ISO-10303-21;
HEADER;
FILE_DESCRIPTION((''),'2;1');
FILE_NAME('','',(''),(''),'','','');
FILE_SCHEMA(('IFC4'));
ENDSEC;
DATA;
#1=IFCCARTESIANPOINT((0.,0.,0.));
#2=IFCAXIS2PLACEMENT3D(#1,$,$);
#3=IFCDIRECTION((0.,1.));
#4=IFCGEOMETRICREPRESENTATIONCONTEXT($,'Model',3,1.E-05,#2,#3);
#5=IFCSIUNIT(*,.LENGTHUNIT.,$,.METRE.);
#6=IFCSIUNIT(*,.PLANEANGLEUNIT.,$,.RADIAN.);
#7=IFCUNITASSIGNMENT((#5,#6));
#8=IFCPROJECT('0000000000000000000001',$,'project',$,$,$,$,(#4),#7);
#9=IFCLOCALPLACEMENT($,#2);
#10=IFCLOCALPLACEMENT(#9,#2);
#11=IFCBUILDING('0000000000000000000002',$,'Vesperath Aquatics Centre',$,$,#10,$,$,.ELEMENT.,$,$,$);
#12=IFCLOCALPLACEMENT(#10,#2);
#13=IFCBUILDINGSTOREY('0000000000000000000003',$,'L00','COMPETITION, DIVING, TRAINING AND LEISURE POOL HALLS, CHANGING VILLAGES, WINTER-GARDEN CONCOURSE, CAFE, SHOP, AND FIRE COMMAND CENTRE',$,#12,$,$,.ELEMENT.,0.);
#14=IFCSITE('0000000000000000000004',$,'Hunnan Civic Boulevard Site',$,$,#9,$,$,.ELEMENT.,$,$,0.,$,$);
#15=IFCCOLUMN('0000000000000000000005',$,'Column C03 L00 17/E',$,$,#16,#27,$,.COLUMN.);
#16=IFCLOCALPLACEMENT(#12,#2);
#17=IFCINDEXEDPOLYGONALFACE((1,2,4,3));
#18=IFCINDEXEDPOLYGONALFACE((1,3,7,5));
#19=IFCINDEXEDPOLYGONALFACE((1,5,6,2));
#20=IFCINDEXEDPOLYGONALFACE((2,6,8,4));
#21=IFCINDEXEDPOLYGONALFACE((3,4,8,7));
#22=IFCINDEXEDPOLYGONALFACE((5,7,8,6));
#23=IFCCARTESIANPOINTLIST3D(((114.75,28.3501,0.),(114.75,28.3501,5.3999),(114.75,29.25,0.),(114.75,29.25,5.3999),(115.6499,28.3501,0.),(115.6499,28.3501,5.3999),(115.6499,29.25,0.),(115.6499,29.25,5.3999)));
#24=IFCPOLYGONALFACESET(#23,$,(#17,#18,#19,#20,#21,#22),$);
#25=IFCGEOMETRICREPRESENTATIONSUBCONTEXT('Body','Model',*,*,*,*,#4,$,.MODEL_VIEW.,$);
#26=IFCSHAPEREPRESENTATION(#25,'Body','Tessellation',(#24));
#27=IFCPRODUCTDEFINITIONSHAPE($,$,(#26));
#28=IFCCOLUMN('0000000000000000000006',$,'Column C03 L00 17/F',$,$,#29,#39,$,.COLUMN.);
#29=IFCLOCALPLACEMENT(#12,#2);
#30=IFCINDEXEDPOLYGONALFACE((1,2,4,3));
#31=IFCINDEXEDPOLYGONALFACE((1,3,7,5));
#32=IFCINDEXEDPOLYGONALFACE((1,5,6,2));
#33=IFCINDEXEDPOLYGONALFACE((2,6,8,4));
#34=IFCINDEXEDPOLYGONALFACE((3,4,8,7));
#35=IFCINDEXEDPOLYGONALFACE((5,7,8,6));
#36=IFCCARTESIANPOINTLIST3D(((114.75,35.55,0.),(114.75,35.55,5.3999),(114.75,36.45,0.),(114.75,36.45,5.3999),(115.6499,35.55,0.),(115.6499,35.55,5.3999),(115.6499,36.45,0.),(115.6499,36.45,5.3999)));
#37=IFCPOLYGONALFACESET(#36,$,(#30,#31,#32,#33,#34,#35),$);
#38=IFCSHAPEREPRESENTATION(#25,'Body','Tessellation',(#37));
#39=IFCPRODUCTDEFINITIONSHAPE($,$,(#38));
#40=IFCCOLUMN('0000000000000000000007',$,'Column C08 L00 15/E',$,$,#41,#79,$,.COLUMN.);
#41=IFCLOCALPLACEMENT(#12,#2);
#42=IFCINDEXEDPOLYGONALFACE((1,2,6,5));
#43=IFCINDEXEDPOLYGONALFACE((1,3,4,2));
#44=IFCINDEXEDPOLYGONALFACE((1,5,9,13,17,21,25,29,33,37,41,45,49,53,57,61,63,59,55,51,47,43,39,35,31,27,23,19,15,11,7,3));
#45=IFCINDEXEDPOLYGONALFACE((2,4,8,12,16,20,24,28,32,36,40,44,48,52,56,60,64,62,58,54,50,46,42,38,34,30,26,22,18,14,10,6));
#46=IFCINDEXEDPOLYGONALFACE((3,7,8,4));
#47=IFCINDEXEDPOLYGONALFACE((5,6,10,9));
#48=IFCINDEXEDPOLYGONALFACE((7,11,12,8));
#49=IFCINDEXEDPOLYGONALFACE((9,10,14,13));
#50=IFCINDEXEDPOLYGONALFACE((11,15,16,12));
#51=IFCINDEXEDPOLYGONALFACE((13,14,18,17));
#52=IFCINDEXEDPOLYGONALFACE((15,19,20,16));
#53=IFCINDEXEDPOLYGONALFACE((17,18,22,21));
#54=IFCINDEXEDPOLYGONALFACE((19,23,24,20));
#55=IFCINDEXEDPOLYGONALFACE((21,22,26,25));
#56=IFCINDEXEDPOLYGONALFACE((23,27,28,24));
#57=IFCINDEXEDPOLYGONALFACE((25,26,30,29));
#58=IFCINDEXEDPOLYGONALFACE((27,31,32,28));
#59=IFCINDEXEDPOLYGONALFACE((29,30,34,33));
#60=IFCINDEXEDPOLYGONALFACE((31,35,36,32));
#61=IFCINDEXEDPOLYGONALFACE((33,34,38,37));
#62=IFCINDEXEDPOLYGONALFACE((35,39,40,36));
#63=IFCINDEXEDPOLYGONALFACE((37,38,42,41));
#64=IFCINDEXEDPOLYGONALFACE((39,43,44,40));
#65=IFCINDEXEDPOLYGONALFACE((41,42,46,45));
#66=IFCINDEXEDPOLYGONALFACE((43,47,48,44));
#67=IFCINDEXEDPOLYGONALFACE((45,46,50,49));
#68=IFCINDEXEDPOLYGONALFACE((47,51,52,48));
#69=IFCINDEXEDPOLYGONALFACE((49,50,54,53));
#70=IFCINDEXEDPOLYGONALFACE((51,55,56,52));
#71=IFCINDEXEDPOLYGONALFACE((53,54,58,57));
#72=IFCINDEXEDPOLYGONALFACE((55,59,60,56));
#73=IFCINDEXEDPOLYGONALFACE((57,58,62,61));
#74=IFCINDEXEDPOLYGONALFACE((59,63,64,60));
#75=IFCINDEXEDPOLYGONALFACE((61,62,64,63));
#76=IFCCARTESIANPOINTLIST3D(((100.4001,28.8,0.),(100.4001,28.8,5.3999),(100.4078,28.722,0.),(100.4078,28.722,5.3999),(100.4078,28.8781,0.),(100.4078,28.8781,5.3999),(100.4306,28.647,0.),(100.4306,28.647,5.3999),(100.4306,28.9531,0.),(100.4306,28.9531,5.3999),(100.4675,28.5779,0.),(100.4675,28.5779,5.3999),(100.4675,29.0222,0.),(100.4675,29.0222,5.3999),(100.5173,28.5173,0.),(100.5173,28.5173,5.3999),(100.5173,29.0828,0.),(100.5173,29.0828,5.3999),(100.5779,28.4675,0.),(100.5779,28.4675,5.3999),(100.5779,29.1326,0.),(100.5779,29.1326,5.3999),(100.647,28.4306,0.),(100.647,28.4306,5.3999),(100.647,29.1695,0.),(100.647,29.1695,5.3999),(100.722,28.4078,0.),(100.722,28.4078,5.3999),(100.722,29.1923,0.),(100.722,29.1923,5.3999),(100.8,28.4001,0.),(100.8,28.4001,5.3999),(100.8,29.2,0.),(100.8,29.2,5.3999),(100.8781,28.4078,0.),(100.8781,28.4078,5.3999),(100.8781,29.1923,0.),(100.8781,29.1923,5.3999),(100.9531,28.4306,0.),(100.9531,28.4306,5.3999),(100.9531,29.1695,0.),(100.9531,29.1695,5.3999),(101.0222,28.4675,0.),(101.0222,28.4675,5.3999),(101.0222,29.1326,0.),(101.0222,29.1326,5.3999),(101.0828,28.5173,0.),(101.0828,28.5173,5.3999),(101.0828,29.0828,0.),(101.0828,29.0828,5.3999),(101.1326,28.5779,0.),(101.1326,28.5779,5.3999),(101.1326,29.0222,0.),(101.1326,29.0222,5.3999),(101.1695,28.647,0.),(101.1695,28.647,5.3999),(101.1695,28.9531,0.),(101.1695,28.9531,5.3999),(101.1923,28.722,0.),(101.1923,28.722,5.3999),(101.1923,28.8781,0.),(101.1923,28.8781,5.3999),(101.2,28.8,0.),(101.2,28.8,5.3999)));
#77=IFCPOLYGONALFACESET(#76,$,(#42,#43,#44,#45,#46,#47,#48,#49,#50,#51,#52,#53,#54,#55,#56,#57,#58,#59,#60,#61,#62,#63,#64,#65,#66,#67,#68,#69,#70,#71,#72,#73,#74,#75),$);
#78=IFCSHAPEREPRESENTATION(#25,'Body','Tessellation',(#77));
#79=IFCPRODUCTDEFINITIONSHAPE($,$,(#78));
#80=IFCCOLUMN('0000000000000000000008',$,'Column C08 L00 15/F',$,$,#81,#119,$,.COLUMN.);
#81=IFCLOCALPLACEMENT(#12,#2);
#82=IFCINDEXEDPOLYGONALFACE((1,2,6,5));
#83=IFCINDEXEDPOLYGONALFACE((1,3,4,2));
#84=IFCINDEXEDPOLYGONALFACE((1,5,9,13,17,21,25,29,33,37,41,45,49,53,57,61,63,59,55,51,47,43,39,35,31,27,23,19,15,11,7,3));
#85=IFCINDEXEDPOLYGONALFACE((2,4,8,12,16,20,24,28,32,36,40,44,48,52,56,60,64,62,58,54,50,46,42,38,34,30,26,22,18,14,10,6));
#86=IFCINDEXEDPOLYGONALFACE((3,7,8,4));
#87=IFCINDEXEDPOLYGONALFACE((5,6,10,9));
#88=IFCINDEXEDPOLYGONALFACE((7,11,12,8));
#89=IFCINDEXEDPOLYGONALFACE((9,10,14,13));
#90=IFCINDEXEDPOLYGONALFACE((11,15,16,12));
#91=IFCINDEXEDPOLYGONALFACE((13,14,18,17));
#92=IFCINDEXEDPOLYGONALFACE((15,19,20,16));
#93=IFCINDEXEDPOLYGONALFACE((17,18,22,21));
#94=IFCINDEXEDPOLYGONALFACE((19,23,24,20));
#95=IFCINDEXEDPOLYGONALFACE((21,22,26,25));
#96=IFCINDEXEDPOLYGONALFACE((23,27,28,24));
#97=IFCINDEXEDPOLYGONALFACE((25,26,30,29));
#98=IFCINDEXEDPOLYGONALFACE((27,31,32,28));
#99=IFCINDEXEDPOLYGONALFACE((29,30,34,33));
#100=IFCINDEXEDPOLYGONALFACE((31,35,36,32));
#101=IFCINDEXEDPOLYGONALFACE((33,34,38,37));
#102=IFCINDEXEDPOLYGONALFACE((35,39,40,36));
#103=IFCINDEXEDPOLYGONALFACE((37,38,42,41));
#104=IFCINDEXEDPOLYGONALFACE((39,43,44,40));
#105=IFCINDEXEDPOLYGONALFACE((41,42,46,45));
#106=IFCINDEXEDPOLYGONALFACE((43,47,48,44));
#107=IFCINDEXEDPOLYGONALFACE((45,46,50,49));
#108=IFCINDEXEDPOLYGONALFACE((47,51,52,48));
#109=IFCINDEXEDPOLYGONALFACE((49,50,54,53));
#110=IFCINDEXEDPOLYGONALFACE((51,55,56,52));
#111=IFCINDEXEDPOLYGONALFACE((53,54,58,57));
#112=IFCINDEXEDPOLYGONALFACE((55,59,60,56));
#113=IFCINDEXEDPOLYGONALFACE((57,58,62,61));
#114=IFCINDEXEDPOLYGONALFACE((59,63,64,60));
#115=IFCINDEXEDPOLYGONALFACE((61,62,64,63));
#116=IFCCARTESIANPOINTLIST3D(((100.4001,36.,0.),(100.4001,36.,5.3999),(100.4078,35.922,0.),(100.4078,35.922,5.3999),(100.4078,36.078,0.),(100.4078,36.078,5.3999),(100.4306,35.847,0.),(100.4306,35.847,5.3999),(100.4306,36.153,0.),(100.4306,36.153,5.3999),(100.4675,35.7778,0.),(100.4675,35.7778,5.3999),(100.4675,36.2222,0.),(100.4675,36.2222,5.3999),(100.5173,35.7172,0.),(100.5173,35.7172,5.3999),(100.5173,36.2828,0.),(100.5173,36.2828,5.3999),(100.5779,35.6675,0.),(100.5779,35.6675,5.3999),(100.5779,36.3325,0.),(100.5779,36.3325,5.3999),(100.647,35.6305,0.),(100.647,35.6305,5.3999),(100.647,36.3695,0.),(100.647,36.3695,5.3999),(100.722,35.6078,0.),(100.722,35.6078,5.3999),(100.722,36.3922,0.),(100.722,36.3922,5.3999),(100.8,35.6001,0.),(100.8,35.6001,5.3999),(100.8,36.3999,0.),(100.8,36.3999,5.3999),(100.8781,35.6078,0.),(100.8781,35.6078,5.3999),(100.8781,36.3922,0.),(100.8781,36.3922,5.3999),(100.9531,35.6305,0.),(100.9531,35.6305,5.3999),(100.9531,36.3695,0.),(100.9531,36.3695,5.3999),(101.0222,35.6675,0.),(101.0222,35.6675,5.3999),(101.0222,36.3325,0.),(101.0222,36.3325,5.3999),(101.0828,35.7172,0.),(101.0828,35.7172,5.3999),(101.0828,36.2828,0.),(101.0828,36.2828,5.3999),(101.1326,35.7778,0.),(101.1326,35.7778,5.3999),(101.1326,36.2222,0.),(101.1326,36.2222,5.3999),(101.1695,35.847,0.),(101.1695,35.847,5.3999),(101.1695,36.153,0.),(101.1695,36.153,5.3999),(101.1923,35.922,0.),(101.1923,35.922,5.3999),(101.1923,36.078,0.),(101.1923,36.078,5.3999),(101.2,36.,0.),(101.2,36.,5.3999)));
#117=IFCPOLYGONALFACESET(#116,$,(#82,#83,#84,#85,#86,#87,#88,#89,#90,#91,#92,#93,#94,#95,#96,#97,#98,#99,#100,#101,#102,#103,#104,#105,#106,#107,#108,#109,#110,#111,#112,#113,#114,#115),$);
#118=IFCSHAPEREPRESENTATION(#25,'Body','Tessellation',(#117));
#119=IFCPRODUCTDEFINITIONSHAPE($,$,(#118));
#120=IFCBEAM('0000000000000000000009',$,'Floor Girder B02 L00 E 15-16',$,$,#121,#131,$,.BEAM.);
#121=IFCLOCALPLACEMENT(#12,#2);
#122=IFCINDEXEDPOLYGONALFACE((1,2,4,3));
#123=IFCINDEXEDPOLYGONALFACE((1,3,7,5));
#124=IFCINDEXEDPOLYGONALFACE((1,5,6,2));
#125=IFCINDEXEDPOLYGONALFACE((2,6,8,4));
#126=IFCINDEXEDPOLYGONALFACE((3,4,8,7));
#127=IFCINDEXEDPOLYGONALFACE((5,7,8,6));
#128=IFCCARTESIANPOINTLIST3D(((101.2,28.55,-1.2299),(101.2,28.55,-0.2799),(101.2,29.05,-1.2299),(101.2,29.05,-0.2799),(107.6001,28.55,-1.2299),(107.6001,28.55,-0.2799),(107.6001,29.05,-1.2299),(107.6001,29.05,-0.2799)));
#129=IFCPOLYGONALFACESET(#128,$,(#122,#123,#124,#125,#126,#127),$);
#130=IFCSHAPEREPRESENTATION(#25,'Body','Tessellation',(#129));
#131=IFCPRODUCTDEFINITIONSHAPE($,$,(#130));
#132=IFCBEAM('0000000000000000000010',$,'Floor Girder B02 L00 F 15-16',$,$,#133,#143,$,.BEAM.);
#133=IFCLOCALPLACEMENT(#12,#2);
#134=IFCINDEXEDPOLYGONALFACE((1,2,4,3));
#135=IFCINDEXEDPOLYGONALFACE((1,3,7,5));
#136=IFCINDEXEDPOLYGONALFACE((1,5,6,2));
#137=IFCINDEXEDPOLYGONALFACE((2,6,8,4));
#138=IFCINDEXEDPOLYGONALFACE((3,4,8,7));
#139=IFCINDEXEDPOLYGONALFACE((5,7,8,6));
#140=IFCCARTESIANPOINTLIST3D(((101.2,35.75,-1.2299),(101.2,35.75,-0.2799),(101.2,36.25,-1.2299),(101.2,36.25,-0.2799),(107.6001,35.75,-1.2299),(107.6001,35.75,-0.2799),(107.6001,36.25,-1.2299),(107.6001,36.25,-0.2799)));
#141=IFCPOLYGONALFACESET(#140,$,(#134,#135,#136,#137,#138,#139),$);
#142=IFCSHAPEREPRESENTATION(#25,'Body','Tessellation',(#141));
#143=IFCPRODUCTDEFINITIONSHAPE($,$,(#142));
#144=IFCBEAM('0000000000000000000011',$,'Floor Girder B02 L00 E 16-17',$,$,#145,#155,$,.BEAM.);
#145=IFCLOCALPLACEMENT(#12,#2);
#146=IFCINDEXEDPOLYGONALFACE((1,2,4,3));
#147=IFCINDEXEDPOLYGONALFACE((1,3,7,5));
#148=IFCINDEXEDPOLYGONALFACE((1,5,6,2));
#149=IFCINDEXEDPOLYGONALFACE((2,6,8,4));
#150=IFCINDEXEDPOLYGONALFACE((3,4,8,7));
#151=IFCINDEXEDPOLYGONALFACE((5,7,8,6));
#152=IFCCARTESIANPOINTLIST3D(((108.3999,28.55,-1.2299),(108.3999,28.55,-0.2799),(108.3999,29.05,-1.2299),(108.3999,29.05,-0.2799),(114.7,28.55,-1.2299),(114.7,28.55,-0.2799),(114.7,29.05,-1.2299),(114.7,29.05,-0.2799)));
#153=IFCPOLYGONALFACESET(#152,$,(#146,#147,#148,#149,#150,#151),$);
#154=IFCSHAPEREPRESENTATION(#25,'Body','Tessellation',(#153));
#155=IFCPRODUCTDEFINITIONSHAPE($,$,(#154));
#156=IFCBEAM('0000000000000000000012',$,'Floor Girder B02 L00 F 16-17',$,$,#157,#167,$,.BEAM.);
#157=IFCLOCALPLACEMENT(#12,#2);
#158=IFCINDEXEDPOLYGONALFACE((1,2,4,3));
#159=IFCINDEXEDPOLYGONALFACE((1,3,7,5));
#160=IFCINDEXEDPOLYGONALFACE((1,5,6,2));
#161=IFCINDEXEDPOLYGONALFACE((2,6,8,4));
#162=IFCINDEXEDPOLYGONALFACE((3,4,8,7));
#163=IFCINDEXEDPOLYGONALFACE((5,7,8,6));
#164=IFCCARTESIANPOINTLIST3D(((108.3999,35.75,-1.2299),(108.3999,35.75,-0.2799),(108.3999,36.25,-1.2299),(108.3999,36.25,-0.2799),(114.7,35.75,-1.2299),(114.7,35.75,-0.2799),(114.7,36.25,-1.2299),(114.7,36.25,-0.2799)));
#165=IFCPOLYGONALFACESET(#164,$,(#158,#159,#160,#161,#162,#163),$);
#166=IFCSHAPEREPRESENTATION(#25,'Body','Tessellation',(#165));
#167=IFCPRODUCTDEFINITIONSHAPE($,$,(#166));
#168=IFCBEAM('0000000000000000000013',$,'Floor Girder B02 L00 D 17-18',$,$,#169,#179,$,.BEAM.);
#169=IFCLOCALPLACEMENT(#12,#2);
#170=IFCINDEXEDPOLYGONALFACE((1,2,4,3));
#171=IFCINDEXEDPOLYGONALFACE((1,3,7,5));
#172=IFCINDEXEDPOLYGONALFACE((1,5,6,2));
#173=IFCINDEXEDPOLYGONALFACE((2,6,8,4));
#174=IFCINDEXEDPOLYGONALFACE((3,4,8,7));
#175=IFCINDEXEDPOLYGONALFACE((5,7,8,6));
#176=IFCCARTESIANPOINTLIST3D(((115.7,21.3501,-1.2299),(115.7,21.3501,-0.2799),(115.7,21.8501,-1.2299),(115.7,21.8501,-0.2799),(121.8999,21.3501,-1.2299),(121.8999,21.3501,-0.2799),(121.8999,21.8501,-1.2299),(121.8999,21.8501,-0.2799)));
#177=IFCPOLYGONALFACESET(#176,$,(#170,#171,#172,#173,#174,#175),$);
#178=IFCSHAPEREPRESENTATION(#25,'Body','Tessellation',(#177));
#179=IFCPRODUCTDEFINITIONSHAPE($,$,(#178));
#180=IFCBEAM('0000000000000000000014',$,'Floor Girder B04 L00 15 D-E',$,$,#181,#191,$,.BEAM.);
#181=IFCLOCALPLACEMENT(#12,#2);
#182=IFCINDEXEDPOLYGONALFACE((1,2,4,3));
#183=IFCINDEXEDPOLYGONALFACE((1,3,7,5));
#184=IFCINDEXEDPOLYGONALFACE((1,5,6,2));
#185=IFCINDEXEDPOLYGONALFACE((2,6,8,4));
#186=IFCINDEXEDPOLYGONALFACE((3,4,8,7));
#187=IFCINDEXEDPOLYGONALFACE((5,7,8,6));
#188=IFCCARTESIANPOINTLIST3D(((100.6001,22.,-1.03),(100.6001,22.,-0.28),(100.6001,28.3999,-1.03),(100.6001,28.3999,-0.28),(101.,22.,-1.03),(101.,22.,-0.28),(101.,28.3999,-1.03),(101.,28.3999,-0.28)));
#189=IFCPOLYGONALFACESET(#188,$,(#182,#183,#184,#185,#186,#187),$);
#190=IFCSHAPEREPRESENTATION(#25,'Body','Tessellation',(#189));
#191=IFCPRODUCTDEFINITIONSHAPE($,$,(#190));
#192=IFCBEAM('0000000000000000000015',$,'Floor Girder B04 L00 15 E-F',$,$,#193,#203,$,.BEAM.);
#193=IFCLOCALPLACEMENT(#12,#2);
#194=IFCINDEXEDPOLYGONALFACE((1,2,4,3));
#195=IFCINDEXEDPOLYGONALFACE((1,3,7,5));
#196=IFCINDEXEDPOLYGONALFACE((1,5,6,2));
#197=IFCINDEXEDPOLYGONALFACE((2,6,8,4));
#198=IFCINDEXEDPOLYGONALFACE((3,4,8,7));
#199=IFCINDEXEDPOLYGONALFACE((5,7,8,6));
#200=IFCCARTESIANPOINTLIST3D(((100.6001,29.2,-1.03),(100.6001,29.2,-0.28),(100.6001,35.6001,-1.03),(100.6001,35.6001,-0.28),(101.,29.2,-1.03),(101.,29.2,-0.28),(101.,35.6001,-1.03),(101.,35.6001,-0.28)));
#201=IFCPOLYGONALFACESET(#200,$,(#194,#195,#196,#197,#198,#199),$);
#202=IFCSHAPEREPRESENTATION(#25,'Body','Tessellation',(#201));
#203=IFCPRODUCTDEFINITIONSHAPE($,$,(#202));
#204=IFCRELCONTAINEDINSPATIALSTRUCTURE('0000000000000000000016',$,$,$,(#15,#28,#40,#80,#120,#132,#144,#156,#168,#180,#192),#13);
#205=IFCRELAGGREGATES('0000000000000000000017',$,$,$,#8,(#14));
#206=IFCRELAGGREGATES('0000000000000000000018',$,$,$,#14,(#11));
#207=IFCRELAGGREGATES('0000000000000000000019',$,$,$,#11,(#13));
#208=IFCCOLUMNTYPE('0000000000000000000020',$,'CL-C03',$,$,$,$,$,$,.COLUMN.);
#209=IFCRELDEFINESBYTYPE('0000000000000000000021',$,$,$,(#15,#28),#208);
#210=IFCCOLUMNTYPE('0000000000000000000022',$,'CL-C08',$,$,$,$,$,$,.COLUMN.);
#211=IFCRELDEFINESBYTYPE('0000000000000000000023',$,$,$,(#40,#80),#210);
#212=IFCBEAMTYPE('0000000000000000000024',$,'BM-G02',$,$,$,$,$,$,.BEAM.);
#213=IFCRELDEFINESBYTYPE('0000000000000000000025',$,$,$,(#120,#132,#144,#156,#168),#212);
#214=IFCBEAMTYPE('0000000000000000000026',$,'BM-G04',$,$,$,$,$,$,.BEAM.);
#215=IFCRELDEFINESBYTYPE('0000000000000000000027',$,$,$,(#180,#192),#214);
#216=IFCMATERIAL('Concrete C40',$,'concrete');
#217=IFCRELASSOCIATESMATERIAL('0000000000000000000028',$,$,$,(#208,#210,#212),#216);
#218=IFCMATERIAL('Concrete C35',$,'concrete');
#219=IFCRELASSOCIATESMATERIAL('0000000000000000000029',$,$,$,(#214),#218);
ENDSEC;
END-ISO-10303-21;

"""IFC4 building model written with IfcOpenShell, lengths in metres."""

from ifc_helpers import new_model, si_unit, direction, frame, origin, origin_2d, place, context, subcontext, project, spatial, rectangle, circle, extrude, material, material_profile, profile_set, type_object, element, save


model = new_model("IFC4")

# Units and contexts
model_context = context("Model", 3, precision=1e-05, world=origin(), true_north=direction((0.0, 1.0)))
body_context = subcontext(model_context, "Body", "Model", "MODEL_VIEW")
ifc_project = project(units=[si_unit("LENGTHUNIT", "METRE"), si_unit("PLANEANGLEUNIT", "RADIAN")], contexts=[model_context])

# Site, building, storey
site_placement = place(None, origin())
site = spatial("IfcSite", under=ifc_project, at=site_placement, Name="Hunnan Civic Boulevard Site", CompositionType="ELEMENT", RefElevation=0.0)
building_placement = place(site_placement, origin())
building = spatial("IfcBuilding", under=site, at=building_placement, Name="Vesperath Aquatics Centre", CompositionType="ELEMENT")
storey_placement = place(building_placement, origin())
storey = spatial("IfcBuildingStorey", under=building, at=storey_placement, Name="L00", Description="COMPETITION, DIVING, TRAINING AND LEISURE POOL HALLS, CHANGING VILLAGES, WINTER-GARDEN CONCOURSE, CAFE, SHOP, AND FIRE COMMAND CENTRE", CompositionType="ELEMENT", Elevation=0.0)

# Columns
ifc_material_1 = material(Name="Concrete C40", Category="concrete")
ifc_material_profile_1 = material_profile(ifc_material_1, rectangle(XDim=0.8999, YDim=0.8999, at=origin_2d()), Name="RC 900x900")
ifc_profile_set_1 = profile_set([ifc_material_profile_1], Name="Concrete C40")
column_type_1 = type_object("IfcColumnType", Name="CL-C03", PredefinedType="COLUMN", material=ifc_profile_set_1)
for number, where, z_axis, x_axis, name in (
    (1, (115.2, 28.8, 0.0), (0.0, 0.0, 1.0), (1.0, 0.0, 0.0), "Column C03 L00 17/E"),
    (2, (115.2, 36.0, 0.0), (0.0, 0.0, 1.0), (1.0, 0.0, 0.0), "Column C03 L00 17/F"),
):
    element("IfcColumn", number, at=place(storey_placement, frame(where, z_axis=z_axis, x_axis=x_axis)), inside=storey, type_object=column_type_1, Name=name, PredefinedType="COLUMN", context=body_context, shape_type="SweptSolid", body=[
        extrude(rectangle(XDim=0.8999, YDim=0.8999, at=origin_2d()), origin(), (0.0, 0.0, 1.0), 5.3999),
    ])
ifc_material_profile_2 = material_profile(ifc_material_1, circle(Radius=0.3999, at=origin_2d()), Name="RC D800")
ifc_profile_set_2 = profile_set([ifc_material_profile_2], Name="Concrete C40")
column_type_2 = type_object("IfcColumnType", Name="CL-C08", PredefinedType="COLUMN", material=ifc_profile_set_2)
for number, where, z_axis, x_axis, name in (
    (3, (100.8, 28.8, 0.0), (0.0, 0.0, 1.0), (1.0, 0.0, 0.0), "Column C08 L00 15/E"),
    (4, (100.8, 36.0, 0.0), (0.0, 0.0, 1.0), (1.0, 0.0, 0.0), "Column C08 L00 15/F"),
):
    element("IfcColumn", number, at=place(storey_placement, frame(where, z_axis=z_axis, x_axis=x_axis)), inside=storey, type_object=column_type_2, Name=name, PredefinedType="COLUMN", context=body_context, shape_type="SweptSolid", body=[
        extrude(circle(Radius=0.3999, at=origin_2d()), origin(), (0.0, 0.0, 1.0), 5.3999),
    ])

# Beams
ifc_material_profile_3 = material_profile(ifc_material_1, rectangle(XDim=0.5, YDim=0.95, at=origin_2d()), Name="RC 500x950")
ifc_profile_set_3 = profile_set([ifc_material_profile_3], Name="Concrete C40")
beam_type_1 = type_object("IfcBeamType", Name="BM-G02", PredefinedType="BEAM", material=ifc_profile_set_3)
for number, where, z_axis, x_axis, name in (
    (5, (101.2, 28.8, -0.7549), (1.0, 0.0, 0.0), (0.0, 1.0, 0.0), "Floor Girder B02 L00 E 15-16"),
    (6, (101.2, 36.0, -0.7549), (1.0, 0.0, 0.0), (0.0, 1.0, 0.0), "Floor Girder B02 L00 F 15-16"),
):
    element("IfcBeam", number, at=place(storey_placement, frame(where, z_axis=z_axis, x_axis=x_axis)), inside=storey, type_object=beam_type_1, Name=name, PredefinedType="BEAM", context=body_context, shape_type="SweptSolid", body=[
        extrude(rectangle(XDim=0.5, YDim=0.95, at=origin_2d()), origin(), (0.0, 0.0, 1.0), 6.4001),
    ])
for number, where, z_axis, x_axis, name in (
    (7, (108.3999, 28.8, -0.7549), (1.0, 0.0, 0.0), (0.0, 1.0, 0.0), "Floor Girder B02 L00 E 16-17"),
    (8, (108.3999, 36.0, -0.7549), (1.0, 0.0, 0.0), (0.0, 1.0, 0.0), "Floor Girder B02 L00 F 16-17"),
):
    element("IfcBeam", number, at=place(storey_placement, frame(where, z_axis=z_axis, x_axis=x_axis)), inside=storey, type_object=beam_type_1, Name=name, PredefinedType="BEAM", context=body_context, shape_type="SweptSolid", body=[
        extrude(rectangle(XDim=0.5, YDim=0.95, at=origin_2d()), origin(), (0.0, 0.0, 1.0), 6.3),
    ])
beam_1_placement = place(storey_placement, frame((115.7, 21.6001, -0.7549), z_axis=(1.0, 0.0, 0.0), x_axis=(0.0, 1.0, 0.0)))
element("IfcBeam", 9, at=beam_1_placement, inside=storey, type_object=beam_type_1, Name="Floor Girder B02 L00 D 17-18", PredefinedType="BEAM", context=body_context, shape_type="SweptSolid", body=[
    extrude(rectangle(XDim=0.5, YDim=0.95, at=origin_2d()), origin(), (0.0, 0.0, 1.0), 6.2),
])
ifc_material_2 = material(Name="Concrete C35", Category="concrete")
ifc_material_profile_4 = material_profile(ifc_material_2, rectangle(XDim=0.3999, YDim=0.75, at=origin_2d()), Name="RC 400x750")
ifc_profile_set_4 = profile_set([ifc_material_profile_4], Name="Concrete C35")
beam_type_2 = type_object("IfcBeamType", Name="BM-G04", PredefinedType="BEAM", material=ifc_profile_set_4)
beam_2_placement = place(storey_placement, frame((100.8, 22.0, -0.655), z_axis=(0.0, 1.0, 0.0), x_axis=(-1.0, 0.0, 0.0)))
element("IfcBeam", 10, at=beam_2_placement, inside=storey, type_object=beam_type_2, Name="Floor Girder B04 L00 15 D-E", PredefinedType="BEAM", context=body_context, shape_type="SweptSolid", body=[
    extrude(rectangle(XDim=0.3999, YDim=0.75, at=origin_2d()), origin(), (0.0, 0.0, 1.0), 6.3999),
])
beam_3_placement = place(storey_placement, frame((100.8, 29.2, -0.655), z_axis=(0.0, 1.0, 0.0), x_axis=(-1.0, 0.0, 0.0)))
element("IfcBeam", 11, at=beam_3_placement, inside=storey, type_object=beam_type_2, Name="Floor Girder B04 L00 15 E-F", PredefinedType="BEAM", context=body_context, shape_type="SweptSolid", body=[
    extrude(rectangle(XDim=0.3999, YDim=0.75, at=origin_2d()), origin(), (0.0, 0.0, 1.0), 6.4001),
])

save(model, "model.ifc")
